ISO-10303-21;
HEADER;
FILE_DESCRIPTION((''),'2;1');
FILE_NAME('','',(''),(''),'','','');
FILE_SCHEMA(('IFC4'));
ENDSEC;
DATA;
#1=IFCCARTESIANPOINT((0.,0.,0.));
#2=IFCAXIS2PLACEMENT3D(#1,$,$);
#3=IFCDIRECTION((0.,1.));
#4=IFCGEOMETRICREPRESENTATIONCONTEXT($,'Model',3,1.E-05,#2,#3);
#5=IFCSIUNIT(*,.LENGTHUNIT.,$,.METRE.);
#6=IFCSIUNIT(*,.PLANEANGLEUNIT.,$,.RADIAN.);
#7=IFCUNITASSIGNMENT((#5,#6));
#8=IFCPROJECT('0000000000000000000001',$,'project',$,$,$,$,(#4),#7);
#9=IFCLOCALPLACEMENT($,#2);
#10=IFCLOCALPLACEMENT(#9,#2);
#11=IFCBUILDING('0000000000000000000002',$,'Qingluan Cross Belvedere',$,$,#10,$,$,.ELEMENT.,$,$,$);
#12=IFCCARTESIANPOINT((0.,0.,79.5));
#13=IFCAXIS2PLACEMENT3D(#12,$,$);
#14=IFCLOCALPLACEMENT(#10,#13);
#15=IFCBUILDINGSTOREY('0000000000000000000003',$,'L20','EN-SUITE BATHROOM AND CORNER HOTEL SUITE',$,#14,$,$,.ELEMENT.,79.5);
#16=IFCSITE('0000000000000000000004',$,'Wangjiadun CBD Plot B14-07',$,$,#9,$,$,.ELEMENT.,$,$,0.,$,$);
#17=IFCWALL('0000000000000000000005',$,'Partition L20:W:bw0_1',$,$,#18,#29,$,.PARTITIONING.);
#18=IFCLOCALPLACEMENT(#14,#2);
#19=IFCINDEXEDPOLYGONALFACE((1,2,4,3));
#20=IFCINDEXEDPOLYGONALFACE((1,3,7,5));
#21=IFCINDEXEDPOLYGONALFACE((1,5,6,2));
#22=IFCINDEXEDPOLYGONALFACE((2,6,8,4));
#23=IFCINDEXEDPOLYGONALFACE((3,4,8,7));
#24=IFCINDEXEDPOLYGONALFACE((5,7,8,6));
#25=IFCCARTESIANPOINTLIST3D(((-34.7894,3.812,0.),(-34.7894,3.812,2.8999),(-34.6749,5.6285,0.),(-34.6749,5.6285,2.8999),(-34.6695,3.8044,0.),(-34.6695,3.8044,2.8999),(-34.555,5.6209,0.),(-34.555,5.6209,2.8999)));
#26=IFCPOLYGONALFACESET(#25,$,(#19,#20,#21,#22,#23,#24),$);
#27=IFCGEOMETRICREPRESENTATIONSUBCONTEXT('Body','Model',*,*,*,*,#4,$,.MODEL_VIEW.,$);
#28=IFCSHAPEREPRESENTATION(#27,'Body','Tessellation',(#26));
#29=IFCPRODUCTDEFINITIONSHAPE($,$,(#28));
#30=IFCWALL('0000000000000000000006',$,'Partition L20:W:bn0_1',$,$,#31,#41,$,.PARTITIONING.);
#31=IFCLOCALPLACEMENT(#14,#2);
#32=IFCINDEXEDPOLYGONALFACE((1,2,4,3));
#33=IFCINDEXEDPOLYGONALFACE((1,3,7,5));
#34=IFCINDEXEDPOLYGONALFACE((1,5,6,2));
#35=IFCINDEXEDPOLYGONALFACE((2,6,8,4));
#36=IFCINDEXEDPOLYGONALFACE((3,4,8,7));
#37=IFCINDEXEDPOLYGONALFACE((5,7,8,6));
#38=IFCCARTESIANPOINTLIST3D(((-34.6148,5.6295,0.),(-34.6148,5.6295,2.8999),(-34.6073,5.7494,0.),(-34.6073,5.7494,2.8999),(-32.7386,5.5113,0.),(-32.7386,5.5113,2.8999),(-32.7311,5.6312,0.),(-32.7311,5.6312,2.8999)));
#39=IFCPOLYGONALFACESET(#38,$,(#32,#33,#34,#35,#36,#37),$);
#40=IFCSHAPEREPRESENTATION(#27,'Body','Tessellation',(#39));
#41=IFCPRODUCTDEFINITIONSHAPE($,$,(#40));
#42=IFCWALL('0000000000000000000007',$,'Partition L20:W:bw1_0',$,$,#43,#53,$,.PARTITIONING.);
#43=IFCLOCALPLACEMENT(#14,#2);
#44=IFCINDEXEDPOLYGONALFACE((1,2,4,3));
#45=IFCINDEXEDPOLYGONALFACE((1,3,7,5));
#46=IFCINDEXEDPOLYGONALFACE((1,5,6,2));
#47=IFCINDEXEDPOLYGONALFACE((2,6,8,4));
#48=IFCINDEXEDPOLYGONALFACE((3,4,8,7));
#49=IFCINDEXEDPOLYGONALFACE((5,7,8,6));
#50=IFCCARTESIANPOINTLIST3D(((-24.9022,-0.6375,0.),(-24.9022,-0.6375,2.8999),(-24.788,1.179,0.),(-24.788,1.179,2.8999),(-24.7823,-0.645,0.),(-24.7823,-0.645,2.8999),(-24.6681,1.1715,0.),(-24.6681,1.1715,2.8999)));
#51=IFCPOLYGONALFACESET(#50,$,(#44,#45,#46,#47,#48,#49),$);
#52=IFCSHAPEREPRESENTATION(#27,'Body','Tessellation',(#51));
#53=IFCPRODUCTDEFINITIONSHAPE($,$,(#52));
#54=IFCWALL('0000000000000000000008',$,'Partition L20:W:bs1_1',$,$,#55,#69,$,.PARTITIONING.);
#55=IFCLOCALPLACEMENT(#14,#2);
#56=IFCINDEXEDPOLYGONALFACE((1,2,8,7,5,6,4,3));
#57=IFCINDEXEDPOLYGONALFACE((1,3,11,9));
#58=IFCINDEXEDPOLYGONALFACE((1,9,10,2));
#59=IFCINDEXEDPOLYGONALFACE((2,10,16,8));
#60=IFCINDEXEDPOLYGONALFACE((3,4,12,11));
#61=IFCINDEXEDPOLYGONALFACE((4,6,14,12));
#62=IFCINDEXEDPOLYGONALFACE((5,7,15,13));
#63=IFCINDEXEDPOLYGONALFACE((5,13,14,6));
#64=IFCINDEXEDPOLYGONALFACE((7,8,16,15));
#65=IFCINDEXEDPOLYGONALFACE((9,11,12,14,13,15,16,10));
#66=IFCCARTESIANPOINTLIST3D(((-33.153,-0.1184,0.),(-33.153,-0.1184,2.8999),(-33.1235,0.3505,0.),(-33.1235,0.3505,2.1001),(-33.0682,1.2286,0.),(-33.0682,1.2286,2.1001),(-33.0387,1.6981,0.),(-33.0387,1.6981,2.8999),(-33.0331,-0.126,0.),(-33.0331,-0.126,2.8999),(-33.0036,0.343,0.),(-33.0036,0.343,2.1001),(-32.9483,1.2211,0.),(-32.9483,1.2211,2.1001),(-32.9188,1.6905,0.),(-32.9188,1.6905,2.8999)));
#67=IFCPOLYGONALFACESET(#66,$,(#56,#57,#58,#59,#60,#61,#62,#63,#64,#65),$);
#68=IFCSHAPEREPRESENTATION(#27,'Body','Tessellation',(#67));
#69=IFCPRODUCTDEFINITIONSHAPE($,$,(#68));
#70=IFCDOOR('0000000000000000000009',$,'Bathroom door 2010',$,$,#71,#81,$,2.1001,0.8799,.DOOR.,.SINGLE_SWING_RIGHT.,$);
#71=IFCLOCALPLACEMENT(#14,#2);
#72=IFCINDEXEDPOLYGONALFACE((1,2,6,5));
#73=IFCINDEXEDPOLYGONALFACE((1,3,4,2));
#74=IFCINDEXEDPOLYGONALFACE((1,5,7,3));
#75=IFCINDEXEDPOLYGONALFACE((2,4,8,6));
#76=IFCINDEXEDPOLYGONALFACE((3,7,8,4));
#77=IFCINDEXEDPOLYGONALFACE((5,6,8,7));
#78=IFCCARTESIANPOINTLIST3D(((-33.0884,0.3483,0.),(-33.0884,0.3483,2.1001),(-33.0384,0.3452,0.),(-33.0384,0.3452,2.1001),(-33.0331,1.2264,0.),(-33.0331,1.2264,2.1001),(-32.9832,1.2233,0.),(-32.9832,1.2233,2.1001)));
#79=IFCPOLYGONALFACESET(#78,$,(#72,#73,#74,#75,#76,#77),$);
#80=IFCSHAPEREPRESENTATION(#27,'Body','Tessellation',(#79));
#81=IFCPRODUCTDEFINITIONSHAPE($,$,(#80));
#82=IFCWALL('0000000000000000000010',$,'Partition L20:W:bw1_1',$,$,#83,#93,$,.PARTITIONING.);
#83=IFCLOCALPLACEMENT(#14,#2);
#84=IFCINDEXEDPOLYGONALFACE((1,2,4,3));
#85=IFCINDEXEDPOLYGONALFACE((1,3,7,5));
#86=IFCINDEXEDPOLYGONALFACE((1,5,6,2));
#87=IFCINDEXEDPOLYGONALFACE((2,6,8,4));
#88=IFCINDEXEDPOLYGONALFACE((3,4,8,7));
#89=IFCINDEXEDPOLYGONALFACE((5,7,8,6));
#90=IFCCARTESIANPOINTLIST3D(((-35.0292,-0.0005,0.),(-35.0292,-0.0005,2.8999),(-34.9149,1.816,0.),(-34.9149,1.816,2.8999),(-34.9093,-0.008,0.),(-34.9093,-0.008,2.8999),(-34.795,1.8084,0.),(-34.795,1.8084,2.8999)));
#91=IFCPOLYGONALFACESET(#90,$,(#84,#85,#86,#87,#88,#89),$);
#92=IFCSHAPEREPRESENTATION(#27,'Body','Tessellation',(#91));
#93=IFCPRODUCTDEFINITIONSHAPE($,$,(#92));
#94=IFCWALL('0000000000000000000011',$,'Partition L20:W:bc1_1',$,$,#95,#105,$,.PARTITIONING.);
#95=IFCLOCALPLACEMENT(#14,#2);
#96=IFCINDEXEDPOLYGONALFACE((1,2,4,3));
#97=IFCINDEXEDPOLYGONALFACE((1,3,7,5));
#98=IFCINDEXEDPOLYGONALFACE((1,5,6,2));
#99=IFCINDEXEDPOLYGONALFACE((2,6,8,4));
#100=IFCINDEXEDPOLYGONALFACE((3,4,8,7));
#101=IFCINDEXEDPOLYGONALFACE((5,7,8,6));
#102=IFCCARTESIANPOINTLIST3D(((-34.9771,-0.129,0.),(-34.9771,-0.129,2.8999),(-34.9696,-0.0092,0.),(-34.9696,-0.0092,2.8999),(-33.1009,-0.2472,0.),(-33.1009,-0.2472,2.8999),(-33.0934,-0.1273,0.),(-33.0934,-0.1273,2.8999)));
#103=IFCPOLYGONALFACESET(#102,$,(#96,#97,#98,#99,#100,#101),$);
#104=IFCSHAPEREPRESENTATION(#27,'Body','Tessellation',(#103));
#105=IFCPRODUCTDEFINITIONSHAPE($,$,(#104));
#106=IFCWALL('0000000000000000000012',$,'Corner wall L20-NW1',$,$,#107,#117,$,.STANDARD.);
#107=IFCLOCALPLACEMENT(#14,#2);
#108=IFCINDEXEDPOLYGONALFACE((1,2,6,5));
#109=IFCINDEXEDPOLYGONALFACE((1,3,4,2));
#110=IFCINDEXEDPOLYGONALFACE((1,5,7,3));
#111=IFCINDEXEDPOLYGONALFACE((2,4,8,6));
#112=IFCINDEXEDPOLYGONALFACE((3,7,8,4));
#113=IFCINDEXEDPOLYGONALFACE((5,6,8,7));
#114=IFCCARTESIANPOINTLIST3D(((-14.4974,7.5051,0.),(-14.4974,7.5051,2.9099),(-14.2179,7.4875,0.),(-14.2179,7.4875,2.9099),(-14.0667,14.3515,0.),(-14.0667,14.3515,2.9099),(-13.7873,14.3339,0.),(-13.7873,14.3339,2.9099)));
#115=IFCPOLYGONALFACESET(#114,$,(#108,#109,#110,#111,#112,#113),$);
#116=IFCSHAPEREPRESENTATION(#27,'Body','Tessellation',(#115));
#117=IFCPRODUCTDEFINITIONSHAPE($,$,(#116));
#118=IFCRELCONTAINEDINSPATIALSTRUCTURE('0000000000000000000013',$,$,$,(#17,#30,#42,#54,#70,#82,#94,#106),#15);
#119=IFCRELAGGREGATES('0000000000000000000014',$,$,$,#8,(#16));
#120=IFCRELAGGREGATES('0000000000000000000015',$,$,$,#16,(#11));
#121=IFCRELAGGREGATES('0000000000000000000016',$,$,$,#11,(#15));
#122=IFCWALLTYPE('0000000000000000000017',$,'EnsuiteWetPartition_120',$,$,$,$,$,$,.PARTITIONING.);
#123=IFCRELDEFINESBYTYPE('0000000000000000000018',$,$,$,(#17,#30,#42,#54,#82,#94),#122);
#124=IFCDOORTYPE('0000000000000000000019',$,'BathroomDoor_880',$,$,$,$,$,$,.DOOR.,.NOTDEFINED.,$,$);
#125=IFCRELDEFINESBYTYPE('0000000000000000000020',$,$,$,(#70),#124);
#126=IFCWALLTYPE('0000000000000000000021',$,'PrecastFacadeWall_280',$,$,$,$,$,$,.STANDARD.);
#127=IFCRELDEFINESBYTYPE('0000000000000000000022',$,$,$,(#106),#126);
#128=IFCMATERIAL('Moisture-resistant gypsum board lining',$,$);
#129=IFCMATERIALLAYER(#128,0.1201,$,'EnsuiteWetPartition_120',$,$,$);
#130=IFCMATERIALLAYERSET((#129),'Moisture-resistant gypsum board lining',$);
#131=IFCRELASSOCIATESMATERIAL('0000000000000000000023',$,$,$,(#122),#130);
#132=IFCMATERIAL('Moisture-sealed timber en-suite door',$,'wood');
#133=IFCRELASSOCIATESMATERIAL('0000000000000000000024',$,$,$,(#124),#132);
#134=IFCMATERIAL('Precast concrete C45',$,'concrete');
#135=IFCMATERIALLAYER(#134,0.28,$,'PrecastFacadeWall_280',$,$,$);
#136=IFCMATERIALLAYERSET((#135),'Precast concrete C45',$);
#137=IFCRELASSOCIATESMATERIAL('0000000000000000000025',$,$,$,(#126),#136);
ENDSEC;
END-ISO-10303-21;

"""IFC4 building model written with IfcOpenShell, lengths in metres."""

from ifc_helpers import new_model, si_unit, direction, frame, frame_2d, origin, place, context, subcontext, project, spatial, rectangle, extrude, material, layer, layer_set, type_object, element, fill, save


model = new_model("IFC4")

# Units and contexts
model_context = context("Model", 3, precision=1e-05, world=origin(), true_north=direction((0.0, 1.0)))
body_context = subcontext(model_context, "Body", "Model", "MODEL_VIEW")
ifc_project = project(units=[si_unit("LENGTHUNIT", "METRE"), si_unit("PLANEANGLEUNIT", "RADIAN")], contexts=[model_context])

# Site, building, storey
site_placement = place(None, origin())
site = spatial("IfcSite", under=ifc_project, at=site_placement, Name="Wangjiadun CBD Plot B14-07", CompositionType="ELEMENT", RefElevation=0.0)
building_placement = place(site_placement, origin())
building = spatial("IfcBuilding", under=site, at=building_placement, Name="Qingluan Cross Belvedere", CompositionType="ELEMENT")
storey_placement = place(building_placement, frame((0.0, 0.0, 79.5)))
storey = spatial("IfcBuildingStorey", under=building, at=storey_placement, Name="L20", Description="EN-SUITE BATHROOM AND CORNER HOTEL SUITE", CompositionType="ELEMENT", Elevation=79.5)

# Shared definitions
ifc_material_1 = material(Name="Moisture-resistant gypsum board lining")
ifc_layer_1 = layer(ifc_material_1, 0.1201, Name="EnsuiteWetPartition_120")
ifc_layer_set_1 = layer_set([ifc_layer_1], Name="Moisture-resistant gypsum board lining")
wall_type_1 = type_object("IfcWallType", Name="EnsuiteWetPartition_120", PredefinedType="PARTITIONING", material=ifc_layer_set_1)
ifc_material_2 = material(Name="Moisture-sealed timber en-suite door", Category="wood")
door_type_1 = type_object("IfcDoorType", Name="BathroomDoor_880", OperationType="NOTDEFINED", PredefinedType="DOOR", material=ifc_material_2)

# Walls
wall_1_placement = place(storey_placement, frame((-34.7295, 3.8081, 0.0), z_axis=(0.0, 0.0, 1.0), x_axis=(0.062913, 0.998019, 0.0)))
element("IfcWall", 1, at=wall_1_placement, inside=storey, type_object=wall_type_1, Name="Partition L20:W:bw0_1", PredefinedType="PARTITIONING", context=body_context, shape_type="SweptSolid", body=[
    extrude(rectangle(XDim=1.8201, YDim=0.1201, at=frame_2d((0.9102, 0.0))), origin(), (0.0, 0.0, 1.0), 2.8999),
])
wall_2_placement = place(storey_placement, frame((-32.7349, 5.5713, 0.0), z_axis=(0.0, 0.0, 1.0), x_axis=(-0.998023, 0.062855, 0.0)))
element("IfcWall", 2, at=wall_2_placement, inside=storey, type_object=wall_type_1, Name="Partition L20:W:bn0_1", PredefinedType="PARTITIONING", context=body_context, shape_type="SweptSolid", body=[
    extrude(rectangle(XDim=1.8799, YDim=0.1201, at=frame_2d((0.9399, 0.0))), origin(), (0.0, 0.0, 1.0), 2.8999),
])
wall_3_placement = place(storey_placement, frame((-24.8423, -0.6414, 0.0), z_axis=(0.0, 0.0, 1.0), x_axis=(0.062779, 0.998027, 0.0)))
element("IfcWall", 3, at=wall_3_placement, inside=storey, type_object=wall_type_1, Name="Partition L20:W:bw1_0", PredefinedType="PARTITIONING", context=body_context, shape_type="SweptSolid", body=[
    extrude(rectangle(XDim=1.8201, YDim=0.1201, at=frame_2d((0.9102, 0.0))), origin(), (0.0, 0.0, 1.0), 2.8999),
])

# Wall, opening, door
wall_4_placement = place(storey_placement, frame((-33.093, -0.1223, 0.0), z_axis=(0.0, 0.0, 1.0), x_axis=(0.062779, 0.998027, 0.0)))
wall_4 = element("IfcWall", 4, at=wall_4_placement, inside=storey, type_object=wall_type_1, Name="Partition L20:W:bs1_1", PredefinedType="PARTITIONING", context=body_context, shape_type="SweptSolid", body=[
    extrude(rectangle(XDim=1.8201, YDim=0.1201, at=frame_2d((0.9102, 0.0))), origin(), (0.0, 0.0, 1.0), 2.8999),
])
opening_1_placement = place(wall_4_placement, frame((0.47, 0.0, 0.0)))
opening_1 = element("IfcOpeningElement", 5, at=opening_1_placement, cuts=wall_4, PredefinedType="OPENING", context=body_context, shape_type="SweptSolid", body=[
    extrude(rectangle(XDim=0.8799, YDim=2.1001, at=frame_2d((0.4399, 1.05))), frame((0.0, 0.0701, 0.0), z_axis=(0.0, -1.0, 0.0), x_axis=(1.0, 0.0, 0.0)), (0.0, 0.0, 1.0), 0.1401),
])
door_1_placement = place(opening_1_placement, origin())
door_1 = element("IfcDoor", 6, at=door_1_placement, inside=storey, type_object=door_type_1, Name="Bathroom door 2010", OperationType="SINGLE_SWING_RIGHT", OverallHeight=2.1001, OverallWidth=0.8799, PredefinedType="DOOR", context=body_context, shape_type="SweptSolid", body=[
    extrude(rectangle(XDim=0.8799, YDim=2.1001, at=frame_2d((0.4399, 1.05))), frame((0.0, 0.0249, 0.0), z_axis=(0.0, -1.0, 0.0), x_axis=(1.0, 0.0, 0.0)), (0.0, 0.0, 1.0), 0.05),
])
fill(opening_1, door_1)

# Walls
wall_5_placement = place(storey_placement, frame((-34.9692, -0.0044, 0.0), z_axis=(0.0, 0.0, 1.0), x_axis=(0.062779, 0.998027, 0.0)))
element("IfcWall", 7, at=wall_5_placement, inside=storey, type_object=wall_type_1, Name="Partition L20:W:bw1_1", PredefinedType="PARTITIONING", context=body_context, shape_type="SweptSolid", body=[
    extrude(rectangle(XDim=1.8201, YDim=0.1201, at=frame_2d((0.9102, 0.0))), origin(), (0.0, 0.0, 1.0), 2.8999),
])
wall_6_placement = place(storey_placement, frame((-33.0972, -0.1873, 0.0), z_axis=(0.0, 0.0, 1.0), x_axis=(-0.998023, 0.062855, 0.0)))
element("IfcWall", 8, at=wall_6_placement, inside=storey, type_object=wall_type_1, Name="Partition L20:W:bc1_1", PredefinedType="PARTITIONING", context=body_context, shape_type="SweptSolid", body=[
    extrude(rectangle(XDim=1.8799, YDim=0.1201, at=frame_2d((0.9399, 0.0))), origin(), (0.0, 0.0, 1.0), 2.8999),
])
ifc_material_3 = material(Name="Precast concrete C45", Category="concrete")
ifc_layer_2 = layer(ifc_material_3, 0.28, Name="PrecastFacadeWall_280")
ifc_layer_set_2 = layer_set([ifc_layer_2], Name="Precast concrete C45")
wall_type_2 = type_object("IfcWallType", Name="PrecastFacadeWall_280", PredefinedType="STANDARD", material=ifc_layer_set_2)
wall_7_placement = place(storey_placement, frame((-14.3577, 7.4963, 0.0), z_axis=(0.0, 0.0, 1.0), x_axis=(0.062779, 0.998027, 0.0)))
element("IfcWall", 9, at=wall_7_placement, inside=storey, type_object=wall_type_2, Name="Corner wall L20-NW1", PredefinedType="STANDARD", context=body_context, shape_type="SweptSolid", body=[
    extrude(rectangle(XDim=6.8599, YDim=0.28, at=frame_2d((3.4299, 0.0))), origin(), (0.0, 0.0, 1.0), 2.9099),
])

save(model, "model.ifc")
